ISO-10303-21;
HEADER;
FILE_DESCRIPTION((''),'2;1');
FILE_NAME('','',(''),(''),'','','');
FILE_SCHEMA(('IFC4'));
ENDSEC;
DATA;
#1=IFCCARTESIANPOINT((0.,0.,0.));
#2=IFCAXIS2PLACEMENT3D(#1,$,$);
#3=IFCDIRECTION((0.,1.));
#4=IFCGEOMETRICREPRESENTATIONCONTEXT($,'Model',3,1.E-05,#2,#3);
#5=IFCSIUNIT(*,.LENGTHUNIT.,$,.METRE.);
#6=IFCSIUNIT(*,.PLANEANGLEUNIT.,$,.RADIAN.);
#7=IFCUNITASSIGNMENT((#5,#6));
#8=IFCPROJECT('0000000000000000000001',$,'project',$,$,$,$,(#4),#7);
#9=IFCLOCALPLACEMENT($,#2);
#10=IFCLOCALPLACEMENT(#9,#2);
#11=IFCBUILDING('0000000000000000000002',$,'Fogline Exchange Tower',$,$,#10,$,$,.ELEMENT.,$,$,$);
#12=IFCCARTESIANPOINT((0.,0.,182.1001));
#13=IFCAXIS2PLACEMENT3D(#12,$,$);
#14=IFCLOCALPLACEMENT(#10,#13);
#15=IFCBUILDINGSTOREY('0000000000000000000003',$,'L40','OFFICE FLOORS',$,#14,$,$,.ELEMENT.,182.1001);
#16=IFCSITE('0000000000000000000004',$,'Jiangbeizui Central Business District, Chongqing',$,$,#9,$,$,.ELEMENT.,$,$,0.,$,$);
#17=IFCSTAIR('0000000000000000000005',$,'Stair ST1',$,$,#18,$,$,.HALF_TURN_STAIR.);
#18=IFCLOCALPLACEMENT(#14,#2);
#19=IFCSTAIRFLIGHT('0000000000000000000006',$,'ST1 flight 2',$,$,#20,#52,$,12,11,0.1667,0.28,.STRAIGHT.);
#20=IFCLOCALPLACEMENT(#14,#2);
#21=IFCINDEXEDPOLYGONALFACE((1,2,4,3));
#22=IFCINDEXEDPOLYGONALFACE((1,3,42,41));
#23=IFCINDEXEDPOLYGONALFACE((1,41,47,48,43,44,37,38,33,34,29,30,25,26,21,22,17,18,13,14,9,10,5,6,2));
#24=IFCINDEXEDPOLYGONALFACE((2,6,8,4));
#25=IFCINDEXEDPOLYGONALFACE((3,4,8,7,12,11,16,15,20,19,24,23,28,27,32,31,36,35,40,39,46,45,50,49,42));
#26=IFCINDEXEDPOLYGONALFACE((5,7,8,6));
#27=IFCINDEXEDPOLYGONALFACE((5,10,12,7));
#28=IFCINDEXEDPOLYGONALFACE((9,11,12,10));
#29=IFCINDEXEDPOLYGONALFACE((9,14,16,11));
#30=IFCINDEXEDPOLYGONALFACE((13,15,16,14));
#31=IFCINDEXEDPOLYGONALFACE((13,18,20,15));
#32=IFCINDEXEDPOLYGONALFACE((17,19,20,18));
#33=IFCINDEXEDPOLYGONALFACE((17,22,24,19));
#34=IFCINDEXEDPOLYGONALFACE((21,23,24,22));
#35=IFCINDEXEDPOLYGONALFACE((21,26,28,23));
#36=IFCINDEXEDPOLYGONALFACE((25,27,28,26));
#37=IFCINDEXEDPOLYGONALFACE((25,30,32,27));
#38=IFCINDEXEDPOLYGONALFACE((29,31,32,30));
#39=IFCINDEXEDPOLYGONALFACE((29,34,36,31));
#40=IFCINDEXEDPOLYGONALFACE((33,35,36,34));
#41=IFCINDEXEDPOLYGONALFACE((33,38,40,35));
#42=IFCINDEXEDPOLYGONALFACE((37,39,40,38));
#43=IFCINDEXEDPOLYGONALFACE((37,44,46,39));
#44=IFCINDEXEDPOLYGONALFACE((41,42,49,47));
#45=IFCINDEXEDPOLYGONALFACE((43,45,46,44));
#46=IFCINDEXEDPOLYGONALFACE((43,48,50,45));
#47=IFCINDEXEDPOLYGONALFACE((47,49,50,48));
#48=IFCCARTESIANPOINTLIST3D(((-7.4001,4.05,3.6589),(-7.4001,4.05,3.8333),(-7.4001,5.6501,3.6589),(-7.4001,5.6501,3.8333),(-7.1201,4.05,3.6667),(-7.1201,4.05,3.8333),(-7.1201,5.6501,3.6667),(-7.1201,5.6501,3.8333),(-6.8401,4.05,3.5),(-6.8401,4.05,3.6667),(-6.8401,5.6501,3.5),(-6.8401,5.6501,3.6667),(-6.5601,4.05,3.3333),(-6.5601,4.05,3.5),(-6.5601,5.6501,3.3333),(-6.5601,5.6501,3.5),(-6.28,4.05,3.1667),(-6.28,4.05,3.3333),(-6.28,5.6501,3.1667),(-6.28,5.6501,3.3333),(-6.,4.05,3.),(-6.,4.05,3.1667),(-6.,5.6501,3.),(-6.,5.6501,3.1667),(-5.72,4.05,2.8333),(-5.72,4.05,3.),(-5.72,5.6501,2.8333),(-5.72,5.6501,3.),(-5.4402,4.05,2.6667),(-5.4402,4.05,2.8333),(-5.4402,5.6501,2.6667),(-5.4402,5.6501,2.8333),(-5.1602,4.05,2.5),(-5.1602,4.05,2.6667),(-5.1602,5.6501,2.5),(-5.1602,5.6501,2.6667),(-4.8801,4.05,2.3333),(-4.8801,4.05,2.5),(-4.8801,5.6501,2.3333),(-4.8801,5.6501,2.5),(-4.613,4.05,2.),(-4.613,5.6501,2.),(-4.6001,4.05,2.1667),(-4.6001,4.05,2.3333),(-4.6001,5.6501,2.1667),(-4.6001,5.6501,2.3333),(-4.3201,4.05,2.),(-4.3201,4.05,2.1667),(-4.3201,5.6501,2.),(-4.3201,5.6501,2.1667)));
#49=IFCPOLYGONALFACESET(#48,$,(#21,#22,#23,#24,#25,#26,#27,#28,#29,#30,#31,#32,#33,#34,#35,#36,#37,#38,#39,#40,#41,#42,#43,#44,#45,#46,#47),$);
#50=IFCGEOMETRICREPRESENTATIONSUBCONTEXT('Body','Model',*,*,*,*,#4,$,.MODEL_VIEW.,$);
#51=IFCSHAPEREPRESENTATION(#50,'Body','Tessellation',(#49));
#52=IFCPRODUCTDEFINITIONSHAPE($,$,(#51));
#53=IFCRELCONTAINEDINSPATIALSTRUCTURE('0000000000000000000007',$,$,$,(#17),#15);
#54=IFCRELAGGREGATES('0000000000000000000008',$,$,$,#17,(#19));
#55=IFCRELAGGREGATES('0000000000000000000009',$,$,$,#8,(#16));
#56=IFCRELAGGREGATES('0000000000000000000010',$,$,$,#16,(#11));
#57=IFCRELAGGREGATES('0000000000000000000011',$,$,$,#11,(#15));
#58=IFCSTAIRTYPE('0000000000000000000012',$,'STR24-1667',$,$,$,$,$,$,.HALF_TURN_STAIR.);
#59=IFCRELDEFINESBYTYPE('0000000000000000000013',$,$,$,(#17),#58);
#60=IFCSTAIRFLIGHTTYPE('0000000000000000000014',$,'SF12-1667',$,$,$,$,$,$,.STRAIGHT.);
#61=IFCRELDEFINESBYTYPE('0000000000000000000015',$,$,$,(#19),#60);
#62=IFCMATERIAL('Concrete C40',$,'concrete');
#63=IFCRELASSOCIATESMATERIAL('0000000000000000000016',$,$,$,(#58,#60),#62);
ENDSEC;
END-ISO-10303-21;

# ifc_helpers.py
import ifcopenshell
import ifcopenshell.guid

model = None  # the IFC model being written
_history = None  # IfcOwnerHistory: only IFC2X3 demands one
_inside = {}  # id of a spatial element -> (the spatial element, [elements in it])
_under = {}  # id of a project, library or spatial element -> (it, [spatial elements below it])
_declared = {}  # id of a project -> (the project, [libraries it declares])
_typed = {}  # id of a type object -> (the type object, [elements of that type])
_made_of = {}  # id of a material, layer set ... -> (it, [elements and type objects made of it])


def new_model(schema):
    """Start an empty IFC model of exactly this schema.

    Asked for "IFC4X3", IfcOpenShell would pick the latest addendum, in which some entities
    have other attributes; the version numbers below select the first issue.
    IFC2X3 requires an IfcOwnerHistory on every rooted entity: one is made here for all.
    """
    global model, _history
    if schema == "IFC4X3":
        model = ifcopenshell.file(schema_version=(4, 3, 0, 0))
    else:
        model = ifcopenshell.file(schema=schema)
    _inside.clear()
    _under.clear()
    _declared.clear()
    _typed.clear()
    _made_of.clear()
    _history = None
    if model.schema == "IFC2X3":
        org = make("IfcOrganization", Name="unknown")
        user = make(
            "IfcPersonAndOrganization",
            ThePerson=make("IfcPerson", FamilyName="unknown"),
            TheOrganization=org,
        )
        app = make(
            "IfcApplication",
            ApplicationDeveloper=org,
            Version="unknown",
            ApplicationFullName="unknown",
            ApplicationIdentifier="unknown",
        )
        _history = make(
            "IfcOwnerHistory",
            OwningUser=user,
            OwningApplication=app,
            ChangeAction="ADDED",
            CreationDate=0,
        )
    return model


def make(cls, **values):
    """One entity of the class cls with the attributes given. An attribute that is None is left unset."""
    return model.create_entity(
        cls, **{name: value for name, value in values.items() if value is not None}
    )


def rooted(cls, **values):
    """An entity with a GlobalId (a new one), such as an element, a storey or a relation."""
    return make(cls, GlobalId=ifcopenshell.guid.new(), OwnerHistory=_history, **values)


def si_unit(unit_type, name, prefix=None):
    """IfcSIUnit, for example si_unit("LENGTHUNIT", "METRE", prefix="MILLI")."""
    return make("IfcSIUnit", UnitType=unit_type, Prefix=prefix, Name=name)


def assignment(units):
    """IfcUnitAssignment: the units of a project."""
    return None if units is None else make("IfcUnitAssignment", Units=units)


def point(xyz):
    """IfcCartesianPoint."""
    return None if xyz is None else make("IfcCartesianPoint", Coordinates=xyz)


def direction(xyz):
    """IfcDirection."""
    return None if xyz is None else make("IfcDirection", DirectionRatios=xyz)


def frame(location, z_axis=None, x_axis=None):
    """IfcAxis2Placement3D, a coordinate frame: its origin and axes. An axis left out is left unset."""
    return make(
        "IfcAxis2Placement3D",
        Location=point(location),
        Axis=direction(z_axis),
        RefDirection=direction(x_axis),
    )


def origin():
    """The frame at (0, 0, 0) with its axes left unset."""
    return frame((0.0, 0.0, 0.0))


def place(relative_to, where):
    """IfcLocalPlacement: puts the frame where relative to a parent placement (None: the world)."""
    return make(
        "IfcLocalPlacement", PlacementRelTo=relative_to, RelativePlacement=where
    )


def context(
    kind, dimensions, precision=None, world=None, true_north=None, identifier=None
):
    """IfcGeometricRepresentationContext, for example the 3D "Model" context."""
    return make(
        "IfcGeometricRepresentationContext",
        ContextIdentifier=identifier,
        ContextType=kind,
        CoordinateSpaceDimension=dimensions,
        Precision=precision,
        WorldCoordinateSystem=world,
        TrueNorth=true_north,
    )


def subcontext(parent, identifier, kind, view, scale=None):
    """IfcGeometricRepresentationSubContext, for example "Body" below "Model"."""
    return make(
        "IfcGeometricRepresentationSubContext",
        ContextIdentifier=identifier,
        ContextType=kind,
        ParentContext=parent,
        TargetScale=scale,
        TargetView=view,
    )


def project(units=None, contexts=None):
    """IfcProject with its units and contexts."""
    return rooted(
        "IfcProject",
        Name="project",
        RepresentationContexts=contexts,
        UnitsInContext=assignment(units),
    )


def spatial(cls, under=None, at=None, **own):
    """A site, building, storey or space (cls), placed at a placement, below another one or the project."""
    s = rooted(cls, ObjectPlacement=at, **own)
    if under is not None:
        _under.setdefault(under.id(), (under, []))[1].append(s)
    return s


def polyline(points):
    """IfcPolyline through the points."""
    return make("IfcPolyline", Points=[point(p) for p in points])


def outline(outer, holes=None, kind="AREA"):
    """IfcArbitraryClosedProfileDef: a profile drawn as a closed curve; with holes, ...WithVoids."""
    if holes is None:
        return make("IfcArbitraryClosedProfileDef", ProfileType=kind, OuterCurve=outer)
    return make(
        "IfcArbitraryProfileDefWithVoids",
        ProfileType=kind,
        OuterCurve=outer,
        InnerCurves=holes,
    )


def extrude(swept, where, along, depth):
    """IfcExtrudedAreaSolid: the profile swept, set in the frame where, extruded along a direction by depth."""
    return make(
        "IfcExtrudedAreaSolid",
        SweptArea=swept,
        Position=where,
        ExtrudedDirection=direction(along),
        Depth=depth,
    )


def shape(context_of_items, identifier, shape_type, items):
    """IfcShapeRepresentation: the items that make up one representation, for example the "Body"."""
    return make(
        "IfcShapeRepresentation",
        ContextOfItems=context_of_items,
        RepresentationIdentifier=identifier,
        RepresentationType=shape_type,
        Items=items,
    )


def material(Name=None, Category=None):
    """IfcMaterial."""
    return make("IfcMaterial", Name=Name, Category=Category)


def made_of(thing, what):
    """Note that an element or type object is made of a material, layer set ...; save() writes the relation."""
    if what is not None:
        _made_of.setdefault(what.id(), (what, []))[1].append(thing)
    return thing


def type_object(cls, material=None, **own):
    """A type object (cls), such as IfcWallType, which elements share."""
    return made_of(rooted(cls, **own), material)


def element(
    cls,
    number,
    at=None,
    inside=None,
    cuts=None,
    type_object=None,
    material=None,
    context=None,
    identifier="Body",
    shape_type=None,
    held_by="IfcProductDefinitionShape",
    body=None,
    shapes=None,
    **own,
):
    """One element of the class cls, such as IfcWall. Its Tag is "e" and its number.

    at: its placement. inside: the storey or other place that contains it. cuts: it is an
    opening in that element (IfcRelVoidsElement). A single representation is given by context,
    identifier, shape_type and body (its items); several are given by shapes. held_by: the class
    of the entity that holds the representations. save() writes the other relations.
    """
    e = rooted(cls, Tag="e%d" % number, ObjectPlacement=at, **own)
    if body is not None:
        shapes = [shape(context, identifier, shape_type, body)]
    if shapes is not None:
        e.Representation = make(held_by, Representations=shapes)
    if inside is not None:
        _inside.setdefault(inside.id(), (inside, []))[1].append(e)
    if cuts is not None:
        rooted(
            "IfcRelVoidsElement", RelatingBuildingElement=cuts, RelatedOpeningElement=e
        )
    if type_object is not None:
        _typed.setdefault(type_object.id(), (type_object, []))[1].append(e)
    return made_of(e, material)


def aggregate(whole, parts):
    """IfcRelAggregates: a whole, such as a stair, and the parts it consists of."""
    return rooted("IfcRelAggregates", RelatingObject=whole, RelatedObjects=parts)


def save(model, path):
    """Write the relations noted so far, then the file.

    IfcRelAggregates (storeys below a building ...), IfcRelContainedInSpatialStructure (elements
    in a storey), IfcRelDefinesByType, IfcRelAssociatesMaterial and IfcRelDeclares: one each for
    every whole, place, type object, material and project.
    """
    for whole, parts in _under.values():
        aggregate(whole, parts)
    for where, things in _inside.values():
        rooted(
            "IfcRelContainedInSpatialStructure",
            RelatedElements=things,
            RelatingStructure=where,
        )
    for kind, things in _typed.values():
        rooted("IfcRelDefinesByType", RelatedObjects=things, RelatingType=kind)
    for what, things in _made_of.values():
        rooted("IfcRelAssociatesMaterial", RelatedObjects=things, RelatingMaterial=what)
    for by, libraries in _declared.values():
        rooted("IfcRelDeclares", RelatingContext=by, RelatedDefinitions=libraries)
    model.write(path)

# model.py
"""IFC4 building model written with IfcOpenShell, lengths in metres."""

from ifc_helpers import new_model, si_unit, direction, frame, origin, place, context, subcontext, project, spatial, polyline, outline, extrude, material, type_object, element, aggregate, save


model = new_model("IFC4")

# Units and contexts
model_context = context("Model", 3, precision=1e-05, world=origin(), true_north=direction((0.0, 1.0)))
body_context = subcontext(model_context, "Body", "Model", "MODEL_VIEW")
ifc_project = project(units=[si_unit("LENGTHUNIT", "METRE"), si_unit("PLANEANGLEUNIT", "RADIAN")], contexts=[model_context])

# Site, building, storey
site_placement = place(None, origin())
site = spatial("IfcSite", under=ifc_project, at=site_placement, Name="Jiangbeizui Central Business District, Chongqing", CompositionType="ELEMENT", RefElevation=0.0)
building_placement = place(site_placement, origin())
building = spatial("IfcBuilding", under=site, at=building_placement, Name="Fogline Exchange Tower", CompositionType="ELEMENT")
storey_placement = place(building_placement, frame((0.0, 0.0, 182.1001)))
storey = spatial("IfcBuildingStorey", under=building, at=storey_placement, Name="L40", Description="OFFICE FLOORS", CompositionType="ELEMENT", Elevation=182.1001)

# Shared definitions
ifc_material_1 = material(Name="Concrete C40", Category="concrete")

# Stair, stair flight
stair_type = type_object("IfcStairType", Name="STR24-1667", PredefinedType="HALF_TURN_STAIR", material=ifc_material_1)
stair_placement = place(storey_placement, origin())
stair = element("IfcStair", 1, at=stair_placement, inside=storey, type_object=stair_type, Name="Stair ST1", PredefinedType="HALF_TURN_STAIR")
stair_flight_type = type_object("IfcStairFlightType", Name="SF12-1667", PredefinedType="STRAIGHT", material=ifc_material_1)
stair_flight_1_placement = place(storey_placement, frame((-4.3201, 4.8501, 2.0), z_axis=(0.0, 0.0, 1.0), x_axis=(-1.0, 0.0, 0.0)))
stair_flight_1 = element("IfcStairFlight", 2, at=stair_flight_1_placement, type_object=stair_flight_type, Name="ST1 flight 2", NumberOfRisers=12, NumberOfTreads=11, PredefinedType="STRAIGHT", RiserHeight=0.1667, TreadLength=0.28, context=body_context, shape_type="SweptSolid", body=[
    extrude(outline(polyline([(0.0, 0.0), (0.0, 0.1667), (0.28, 0.1667), (0.28, 0.3333), (0.5601, 0.3333), (0.5601, 0.5), (0.8401, 0.5), (0.8401, 0.6667), (1.1201, 0.6667), (1.1201, 0.8333), (1.3999, 0.8333), (1.3999, 1.0), (1.6799, 1.0), (1.6799, 1.1667), (1.96, 1.1667), (1.96, 1.3333), (2.24, 1.3333), (2.24, 1.5), (2.52, 1.5), (2.52, 1.6667), (2.8, 1.6667), (2.8, 1.8333), (3.0801, 1.8333), (3.0801, 2.0), (3.0801, 1.6589), (0.293, 0.0), (0.0, 0.0)])), frame((0.0, 0.8, 0.0), z_axis=(0.0, -1.0, 0.0), x_axis=(1.0, 0.0, 0.0)), (0.0, 0.0, 1.0), 1.6001),
])
aggregate(stair, [stair_flight_1])

save(model, "model.ifc")
